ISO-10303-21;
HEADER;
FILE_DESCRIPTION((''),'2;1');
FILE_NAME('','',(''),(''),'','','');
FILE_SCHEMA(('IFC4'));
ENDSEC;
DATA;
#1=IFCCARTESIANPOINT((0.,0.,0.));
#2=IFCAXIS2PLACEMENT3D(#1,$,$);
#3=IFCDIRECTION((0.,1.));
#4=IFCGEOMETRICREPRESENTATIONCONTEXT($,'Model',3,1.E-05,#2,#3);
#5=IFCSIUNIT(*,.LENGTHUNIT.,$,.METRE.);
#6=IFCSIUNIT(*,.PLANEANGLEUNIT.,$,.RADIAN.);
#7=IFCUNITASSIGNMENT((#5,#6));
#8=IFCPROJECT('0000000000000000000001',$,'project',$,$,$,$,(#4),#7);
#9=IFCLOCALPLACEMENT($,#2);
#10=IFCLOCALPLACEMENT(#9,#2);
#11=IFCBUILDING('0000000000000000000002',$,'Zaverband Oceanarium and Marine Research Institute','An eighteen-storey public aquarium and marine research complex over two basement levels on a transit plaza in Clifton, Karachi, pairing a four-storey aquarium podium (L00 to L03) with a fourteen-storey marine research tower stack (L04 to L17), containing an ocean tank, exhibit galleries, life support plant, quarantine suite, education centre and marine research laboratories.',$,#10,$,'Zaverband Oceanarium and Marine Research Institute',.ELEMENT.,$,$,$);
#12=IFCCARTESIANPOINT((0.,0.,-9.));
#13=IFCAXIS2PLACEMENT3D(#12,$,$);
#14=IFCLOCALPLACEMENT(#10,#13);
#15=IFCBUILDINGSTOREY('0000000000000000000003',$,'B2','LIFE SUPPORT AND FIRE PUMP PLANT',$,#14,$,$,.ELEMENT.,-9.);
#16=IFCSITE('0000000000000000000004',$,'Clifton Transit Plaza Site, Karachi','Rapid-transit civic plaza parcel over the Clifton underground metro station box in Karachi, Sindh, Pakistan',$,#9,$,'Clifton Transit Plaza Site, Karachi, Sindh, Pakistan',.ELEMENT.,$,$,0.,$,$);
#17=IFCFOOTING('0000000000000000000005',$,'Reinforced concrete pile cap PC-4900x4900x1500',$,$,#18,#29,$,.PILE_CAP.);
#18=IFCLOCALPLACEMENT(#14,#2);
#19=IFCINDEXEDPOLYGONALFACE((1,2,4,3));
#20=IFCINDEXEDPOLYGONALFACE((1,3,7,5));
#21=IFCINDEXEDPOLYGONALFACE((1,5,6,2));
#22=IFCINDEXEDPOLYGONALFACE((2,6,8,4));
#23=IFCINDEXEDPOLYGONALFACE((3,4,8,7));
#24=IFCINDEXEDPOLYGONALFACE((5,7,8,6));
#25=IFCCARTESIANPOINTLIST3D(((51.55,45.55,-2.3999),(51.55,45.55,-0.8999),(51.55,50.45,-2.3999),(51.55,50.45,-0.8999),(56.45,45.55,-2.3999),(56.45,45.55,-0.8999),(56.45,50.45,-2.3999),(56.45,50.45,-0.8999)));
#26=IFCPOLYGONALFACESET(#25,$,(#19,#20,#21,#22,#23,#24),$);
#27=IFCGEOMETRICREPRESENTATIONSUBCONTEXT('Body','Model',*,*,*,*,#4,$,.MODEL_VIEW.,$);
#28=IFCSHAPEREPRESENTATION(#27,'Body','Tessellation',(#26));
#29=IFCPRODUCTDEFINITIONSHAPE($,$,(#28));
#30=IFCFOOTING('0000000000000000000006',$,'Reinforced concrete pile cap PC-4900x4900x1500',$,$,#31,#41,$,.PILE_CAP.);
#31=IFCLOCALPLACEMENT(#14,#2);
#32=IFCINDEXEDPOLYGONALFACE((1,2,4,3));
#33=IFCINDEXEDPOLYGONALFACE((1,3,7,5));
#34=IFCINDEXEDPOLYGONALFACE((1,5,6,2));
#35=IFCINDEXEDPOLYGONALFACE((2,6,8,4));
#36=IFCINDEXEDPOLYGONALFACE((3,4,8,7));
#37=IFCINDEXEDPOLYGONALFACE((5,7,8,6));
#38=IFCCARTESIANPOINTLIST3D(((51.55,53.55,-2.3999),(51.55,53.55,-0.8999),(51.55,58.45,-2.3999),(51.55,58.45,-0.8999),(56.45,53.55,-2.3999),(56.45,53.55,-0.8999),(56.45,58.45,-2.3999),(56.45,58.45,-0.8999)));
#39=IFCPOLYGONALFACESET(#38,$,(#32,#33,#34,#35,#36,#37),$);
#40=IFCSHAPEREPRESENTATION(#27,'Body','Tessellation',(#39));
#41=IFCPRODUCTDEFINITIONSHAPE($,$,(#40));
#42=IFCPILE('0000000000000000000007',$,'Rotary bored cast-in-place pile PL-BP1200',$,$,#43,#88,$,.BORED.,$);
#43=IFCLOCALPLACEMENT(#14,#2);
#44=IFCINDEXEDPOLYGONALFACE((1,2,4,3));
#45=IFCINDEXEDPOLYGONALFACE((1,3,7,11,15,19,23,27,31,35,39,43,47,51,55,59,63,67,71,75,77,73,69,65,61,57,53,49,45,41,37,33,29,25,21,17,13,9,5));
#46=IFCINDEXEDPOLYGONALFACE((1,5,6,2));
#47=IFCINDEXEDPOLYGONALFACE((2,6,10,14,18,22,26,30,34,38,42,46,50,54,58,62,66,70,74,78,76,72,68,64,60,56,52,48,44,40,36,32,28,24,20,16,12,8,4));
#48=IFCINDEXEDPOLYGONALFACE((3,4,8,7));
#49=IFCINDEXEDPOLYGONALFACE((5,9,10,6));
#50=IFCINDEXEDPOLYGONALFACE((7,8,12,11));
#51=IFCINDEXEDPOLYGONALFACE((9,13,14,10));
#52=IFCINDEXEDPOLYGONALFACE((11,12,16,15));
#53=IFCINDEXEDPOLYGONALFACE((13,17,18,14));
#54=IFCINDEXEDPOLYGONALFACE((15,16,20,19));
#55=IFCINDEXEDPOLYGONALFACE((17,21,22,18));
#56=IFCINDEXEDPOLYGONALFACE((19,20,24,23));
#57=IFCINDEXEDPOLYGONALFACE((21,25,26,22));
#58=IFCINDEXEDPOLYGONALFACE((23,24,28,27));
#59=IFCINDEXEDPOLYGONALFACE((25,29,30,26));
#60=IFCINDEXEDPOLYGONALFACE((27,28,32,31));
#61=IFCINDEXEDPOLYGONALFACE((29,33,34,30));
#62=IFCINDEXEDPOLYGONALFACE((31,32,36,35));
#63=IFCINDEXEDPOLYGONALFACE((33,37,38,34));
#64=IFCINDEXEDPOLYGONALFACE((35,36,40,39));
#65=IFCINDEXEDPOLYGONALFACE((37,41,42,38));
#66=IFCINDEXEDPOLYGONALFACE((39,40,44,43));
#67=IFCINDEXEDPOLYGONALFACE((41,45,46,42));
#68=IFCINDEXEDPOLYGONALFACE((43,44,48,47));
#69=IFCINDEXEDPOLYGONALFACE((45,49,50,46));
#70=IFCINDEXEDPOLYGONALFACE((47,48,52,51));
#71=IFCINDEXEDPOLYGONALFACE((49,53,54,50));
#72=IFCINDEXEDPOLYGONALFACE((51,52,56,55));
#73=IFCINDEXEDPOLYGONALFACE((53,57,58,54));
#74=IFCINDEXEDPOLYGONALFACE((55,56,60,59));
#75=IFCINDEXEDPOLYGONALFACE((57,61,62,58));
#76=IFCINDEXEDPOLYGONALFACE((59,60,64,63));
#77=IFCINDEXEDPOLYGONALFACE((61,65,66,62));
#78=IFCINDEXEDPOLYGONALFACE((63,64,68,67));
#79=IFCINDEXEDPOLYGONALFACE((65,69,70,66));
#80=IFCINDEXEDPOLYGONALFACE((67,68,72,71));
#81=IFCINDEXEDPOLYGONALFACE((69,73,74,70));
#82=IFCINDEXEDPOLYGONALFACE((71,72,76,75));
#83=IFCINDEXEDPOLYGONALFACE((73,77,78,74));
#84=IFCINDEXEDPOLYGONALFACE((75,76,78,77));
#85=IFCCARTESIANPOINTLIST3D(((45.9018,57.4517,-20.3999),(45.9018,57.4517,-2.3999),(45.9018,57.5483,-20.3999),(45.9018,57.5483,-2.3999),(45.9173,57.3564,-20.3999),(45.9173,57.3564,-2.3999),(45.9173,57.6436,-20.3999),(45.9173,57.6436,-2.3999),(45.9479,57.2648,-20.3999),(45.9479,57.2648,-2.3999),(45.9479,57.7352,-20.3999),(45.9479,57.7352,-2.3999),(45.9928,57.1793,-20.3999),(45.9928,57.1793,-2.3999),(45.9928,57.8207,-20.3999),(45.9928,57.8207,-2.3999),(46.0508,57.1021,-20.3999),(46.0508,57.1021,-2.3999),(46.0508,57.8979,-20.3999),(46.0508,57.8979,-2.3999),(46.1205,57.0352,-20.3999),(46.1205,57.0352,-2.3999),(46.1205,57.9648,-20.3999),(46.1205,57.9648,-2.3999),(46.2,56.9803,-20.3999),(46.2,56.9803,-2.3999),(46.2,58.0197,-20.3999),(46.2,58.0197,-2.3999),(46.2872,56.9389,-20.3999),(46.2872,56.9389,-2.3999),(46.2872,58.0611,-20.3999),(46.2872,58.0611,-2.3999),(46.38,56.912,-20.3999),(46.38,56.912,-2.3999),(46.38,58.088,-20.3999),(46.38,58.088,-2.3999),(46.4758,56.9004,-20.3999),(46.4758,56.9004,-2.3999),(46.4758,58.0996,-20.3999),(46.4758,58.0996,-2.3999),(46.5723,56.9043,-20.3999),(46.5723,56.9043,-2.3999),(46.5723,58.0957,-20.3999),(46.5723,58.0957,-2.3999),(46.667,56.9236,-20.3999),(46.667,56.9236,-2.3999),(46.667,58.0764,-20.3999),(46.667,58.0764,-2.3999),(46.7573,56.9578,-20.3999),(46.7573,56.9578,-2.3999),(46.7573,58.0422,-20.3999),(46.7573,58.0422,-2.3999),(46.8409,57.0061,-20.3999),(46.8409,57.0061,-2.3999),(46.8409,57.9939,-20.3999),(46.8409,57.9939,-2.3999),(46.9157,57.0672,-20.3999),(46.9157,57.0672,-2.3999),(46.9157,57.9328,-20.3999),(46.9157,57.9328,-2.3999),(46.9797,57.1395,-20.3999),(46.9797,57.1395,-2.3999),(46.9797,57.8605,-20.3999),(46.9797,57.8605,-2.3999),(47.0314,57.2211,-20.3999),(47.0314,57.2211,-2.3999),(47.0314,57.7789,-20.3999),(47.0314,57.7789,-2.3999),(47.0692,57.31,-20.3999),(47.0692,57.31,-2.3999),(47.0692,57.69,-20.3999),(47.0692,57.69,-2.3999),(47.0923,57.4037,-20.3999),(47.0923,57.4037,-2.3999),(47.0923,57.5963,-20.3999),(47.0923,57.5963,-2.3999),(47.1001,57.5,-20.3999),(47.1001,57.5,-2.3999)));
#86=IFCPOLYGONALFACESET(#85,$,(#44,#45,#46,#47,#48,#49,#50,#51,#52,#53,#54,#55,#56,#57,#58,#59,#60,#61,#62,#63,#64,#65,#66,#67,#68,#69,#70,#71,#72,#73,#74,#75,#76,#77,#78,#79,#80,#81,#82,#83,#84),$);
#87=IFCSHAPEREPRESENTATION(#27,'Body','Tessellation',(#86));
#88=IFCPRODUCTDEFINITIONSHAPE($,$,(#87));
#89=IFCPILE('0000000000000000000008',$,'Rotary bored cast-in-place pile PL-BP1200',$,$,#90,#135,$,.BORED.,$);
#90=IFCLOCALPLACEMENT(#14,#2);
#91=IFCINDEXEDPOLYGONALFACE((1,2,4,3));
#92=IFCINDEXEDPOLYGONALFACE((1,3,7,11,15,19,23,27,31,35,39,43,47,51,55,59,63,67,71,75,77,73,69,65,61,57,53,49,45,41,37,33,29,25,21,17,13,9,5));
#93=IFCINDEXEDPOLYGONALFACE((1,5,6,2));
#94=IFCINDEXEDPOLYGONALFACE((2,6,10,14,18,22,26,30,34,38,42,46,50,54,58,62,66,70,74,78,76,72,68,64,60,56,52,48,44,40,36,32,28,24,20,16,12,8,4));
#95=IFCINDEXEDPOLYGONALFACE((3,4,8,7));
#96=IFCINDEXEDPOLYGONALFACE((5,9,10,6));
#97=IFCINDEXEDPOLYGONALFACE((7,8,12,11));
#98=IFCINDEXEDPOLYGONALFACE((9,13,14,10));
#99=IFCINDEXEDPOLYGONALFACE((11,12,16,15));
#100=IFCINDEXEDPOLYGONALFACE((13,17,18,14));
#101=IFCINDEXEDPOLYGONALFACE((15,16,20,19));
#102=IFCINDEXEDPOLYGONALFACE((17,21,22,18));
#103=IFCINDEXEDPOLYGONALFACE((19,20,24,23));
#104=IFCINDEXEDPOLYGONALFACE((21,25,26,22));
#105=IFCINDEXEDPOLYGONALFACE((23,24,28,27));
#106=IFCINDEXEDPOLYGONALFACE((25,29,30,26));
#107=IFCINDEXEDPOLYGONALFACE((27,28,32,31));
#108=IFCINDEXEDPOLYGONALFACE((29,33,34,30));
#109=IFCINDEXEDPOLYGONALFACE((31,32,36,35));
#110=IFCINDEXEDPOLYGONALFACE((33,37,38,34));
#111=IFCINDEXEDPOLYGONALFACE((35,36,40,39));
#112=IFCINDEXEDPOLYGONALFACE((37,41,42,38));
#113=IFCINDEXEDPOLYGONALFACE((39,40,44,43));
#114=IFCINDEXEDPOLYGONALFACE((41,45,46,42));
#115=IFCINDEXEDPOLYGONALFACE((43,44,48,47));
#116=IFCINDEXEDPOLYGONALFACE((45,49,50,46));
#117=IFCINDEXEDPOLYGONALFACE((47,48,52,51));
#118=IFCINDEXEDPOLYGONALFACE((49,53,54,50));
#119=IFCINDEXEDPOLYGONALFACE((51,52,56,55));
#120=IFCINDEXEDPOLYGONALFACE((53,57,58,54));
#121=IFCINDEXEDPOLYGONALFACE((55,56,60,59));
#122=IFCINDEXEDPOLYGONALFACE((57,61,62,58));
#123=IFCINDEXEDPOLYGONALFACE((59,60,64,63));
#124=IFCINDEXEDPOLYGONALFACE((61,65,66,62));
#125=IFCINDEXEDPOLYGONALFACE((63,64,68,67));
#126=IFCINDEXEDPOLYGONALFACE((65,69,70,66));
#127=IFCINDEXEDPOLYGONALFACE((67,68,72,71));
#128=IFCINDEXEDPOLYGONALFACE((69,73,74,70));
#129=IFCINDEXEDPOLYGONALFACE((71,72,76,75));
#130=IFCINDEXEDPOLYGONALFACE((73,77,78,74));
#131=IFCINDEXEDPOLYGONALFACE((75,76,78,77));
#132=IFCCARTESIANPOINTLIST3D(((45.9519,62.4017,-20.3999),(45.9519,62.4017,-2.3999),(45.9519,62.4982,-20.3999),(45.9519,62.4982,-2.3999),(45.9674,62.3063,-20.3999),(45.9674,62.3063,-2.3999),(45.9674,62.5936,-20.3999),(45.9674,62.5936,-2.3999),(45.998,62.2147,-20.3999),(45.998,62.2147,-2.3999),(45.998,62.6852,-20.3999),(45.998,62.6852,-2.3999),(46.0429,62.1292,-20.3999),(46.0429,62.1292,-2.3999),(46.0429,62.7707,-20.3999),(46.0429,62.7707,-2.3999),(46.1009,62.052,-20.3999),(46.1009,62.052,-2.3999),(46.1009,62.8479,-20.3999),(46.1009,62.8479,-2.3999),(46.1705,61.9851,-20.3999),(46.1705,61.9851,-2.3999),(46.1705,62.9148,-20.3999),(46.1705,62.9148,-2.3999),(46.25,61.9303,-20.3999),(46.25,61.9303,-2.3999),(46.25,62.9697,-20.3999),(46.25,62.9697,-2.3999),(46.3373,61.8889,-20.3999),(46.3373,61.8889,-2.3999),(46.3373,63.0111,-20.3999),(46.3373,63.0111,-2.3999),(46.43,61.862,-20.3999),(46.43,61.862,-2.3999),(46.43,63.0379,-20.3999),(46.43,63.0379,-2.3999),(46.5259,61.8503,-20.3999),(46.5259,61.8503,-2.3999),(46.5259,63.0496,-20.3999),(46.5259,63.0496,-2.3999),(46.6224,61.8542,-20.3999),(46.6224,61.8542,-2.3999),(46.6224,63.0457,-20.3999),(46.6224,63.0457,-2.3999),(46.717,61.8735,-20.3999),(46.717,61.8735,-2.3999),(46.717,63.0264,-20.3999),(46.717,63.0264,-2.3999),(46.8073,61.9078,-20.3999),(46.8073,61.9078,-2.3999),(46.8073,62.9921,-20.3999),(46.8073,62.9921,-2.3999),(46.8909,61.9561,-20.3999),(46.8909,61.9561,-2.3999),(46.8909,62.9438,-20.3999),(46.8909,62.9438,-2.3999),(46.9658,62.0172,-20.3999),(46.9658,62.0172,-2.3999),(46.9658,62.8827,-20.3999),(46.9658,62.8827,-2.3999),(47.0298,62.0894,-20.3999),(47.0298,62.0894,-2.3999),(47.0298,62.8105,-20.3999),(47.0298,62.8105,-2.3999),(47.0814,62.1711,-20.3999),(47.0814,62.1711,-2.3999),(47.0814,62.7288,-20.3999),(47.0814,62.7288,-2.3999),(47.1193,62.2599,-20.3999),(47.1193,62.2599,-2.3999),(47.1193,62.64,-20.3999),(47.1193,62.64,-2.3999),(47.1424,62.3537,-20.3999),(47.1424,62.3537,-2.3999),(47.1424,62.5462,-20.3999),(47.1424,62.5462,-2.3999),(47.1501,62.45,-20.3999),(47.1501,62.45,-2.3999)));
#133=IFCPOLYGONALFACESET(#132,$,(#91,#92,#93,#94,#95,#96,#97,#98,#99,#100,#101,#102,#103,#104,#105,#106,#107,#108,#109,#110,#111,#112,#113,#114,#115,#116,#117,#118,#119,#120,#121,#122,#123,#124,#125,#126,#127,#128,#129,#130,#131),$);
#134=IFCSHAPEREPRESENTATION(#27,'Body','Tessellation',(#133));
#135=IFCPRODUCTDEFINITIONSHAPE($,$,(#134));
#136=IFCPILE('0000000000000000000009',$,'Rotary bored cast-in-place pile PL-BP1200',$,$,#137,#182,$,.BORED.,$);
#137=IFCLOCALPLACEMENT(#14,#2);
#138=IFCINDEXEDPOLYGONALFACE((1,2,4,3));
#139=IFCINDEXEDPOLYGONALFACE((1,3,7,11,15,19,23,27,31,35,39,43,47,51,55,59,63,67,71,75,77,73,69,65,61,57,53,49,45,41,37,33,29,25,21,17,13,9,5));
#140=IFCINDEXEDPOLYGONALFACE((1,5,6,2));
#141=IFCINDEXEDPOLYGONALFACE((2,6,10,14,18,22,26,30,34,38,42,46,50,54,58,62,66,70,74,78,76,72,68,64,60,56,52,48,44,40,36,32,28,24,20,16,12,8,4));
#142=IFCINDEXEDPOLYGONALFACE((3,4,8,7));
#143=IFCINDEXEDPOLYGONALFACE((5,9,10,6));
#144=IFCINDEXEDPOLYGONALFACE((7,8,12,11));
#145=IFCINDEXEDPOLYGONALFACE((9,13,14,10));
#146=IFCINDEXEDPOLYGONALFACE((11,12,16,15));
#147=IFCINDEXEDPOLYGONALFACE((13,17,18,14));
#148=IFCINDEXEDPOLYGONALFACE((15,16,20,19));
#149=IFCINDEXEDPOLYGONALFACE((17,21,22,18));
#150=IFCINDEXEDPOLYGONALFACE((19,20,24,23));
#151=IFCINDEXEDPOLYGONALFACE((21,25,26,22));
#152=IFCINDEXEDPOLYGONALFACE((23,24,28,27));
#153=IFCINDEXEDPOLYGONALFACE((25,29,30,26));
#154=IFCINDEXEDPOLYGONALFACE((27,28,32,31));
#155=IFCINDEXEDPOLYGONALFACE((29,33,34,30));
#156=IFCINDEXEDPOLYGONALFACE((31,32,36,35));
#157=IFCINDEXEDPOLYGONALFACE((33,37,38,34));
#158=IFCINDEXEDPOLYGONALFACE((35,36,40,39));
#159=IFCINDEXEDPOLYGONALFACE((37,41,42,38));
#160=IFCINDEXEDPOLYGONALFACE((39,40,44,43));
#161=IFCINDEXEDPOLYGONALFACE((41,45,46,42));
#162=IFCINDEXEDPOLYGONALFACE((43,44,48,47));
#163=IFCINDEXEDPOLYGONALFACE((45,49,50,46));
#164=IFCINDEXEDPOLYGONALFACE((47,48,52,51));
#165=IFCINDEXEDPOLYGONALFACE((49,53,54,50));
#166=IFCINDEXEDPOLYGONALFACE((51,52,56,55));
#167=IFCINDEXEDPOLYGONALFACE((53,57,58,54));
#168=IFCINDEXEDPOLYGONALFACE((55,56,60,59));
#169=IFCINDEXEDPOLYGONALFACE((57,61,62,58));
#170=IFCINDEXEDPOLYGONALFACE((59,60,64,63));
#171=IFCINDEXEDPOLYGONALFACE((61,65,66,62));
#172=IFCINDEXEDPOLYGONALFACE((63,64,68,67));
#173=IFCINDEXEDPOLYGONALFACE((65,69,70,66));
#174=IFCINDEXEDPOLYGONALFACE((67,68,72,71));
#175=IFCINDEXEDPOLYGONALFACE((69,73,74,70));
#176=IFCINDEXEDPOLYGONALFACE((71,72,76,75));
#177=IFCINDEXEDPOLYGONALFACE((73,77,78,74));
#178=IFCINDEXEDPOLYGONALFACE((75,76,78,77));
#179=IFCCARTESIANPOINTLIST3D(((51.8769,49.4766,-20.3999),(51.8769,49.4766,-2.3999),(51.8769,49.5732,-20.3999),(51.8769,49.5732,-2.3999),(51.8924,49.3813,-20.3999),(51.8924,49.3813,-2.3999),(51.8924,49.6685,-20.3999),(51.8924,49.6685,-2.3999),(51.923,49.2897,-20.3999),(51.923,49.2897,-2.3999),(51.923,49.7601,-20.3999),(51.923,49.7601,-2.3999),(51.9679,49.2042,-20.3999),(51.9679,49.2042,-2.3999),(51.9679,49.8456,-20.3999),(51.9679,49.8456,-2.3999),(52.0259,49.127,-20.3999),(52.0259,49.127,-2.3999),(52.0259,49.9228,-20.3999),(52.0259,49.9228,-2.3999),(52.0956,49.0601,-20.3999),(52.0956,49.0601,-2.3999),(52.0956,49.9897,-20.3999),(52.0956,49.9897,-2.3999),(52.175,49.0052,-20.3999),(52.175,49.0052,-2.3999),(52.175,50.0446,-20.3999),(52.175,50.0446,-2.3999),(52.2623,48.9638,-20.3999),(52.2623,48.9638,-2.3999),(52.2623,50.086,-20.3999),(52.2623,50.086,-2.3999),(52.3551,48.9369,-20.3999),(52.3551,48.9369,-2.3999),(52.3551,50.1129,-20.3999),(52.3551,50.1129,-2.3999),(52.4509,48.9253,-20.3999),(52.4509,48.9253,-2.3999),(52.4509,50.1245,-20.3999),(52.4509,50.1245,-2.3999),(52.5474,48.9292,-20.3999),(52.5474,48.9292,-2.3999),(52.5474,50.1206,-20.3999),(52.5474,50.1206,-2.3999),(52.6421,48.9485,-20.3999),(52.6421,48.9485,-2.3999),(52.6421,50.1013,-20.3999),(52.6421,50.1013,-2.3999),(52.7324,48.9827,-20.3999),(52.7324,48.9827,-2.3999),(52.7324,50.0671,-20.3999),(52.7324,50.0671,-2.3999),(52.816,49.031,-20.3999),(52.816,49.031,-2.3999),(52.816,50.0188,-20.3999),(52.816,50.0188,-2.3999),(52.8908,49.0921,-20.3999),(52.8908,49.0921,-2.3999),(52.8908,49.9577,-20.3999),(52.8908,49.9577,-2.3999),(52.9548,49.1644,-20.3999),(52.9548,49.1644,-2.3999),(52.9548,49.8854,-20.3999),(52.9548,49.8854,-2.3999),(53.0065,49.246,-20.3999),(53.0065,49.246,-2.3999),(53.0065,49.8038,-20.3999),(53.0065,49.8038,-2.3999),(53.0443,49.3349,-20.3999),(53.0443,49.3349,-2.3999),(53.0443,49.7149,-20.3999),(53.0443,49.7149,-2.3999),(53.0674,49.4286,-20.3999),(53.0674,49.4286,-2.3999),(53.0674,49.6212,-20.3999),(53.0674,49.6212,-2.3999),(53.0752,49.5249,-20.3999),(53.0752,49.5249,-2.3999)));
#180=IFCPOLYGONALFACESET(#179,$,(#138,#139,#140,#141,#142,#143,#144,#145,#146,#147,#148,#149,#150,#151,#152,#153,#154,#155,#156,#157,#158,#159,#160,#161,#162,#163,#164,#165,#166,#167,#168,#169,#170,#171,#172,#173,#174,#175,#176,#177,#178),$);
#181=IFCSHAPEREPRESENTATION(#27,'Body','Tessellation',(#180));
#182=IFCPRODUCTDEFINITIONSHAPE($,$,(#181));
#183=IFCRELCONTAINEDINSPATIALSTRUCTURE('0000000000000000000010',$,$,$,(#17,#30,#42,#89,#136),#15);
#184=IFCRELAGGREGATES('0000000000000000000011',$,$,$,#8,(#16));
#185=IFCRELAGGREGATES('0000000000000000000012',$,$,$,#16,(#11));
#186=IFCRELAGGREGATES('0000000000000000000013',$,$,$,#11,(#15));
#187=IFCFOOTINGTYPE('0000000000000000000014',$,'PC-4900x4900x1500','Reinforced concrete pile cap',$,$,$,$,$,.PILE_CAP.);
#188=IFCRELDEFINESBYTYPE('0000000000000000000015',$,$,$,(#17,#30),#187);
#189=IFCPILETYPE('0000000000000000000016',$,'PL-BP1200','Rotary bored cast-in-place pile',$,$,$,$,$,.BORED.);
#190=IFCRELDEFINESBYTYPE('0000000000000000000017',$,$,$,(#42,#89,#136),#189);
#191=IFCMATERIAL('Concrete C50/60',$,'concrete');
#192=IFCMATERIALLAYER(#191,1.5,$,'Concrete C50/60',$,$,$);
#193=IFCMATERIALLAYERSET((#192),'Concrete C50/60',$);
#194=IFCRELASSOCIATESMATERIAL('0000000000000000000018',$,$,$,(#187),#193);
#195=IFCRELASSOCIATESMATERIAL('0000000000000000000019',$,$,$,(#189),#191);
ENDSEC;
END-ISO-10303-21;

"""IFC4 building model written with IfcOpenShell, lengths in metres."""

from ifc_helpers import new_model, si_unit, direction, frame, origin, origin_2d, place, context, subcontext, project, spatial, rectangle, circle, extrude, material, layer, layer_set, material_profile, profile_set, type_object, element, save


model = new_model("IFC4")

# Units and contexts
model_context = context("Model", 3, precision=1e-05, world=origin(), true_north=direction((0.0, 1.0)))
body_context = subcontext(model_context, "Body", "Model", "MODEL_VIEW")
ifc_project = project(units=[si_unit("LENGTHUNIT", "METRE"), si_unit("PLANEANGLEUNIT", "RADIAN")], contexts=[model_context])

# Site, building, storey
site_placement = place(None, origin())
site = spatial("IfcSite", under=ifc_project, at=site_placement, Name="Clifton Transit Plaza Site, Karachi", Description="Rapid-transit civic plaza parcel over the Clifton underground metro station box in Karachi, Sindh, Pakistan", LongName="Clifton Transit Plaza Site, Karachi, Sindh, Pakistan", CompositionType="ELEMENT", RefElevation=0.0)
building_placement = place(site_placement, origin())
building = spatial("IfcBuilding", under=site, at=building_placement, Name="Zaverband Oceanarium and Marine Research Institute", Description="An eighteen-storey public aquarium and marine research complex over two basement levels on a transit plaza in Clifton, Karachi, pairing a four-storey aquarium podium (L00 to L03) with a fourteen-storey marine research tower stack (L04 to L17), containing an ocean tank, exhibit galleries, life support plant, quarantine suite, education centre and marine research laboratories.", LongName="Zaverband Oceanarium and Marine Research Institute", CompositionType="ELEMENT")
storey_placement = place(building_placement, frame((0.0, 0.0, -9.0)))
storey = spatial("IfcBuildingStorey", under=building, at=storey_placement, Name="B2", Description="LIFE SUPPORT AND FIRE PUMP PLANT", CompositionType="ELEMENT", Elevation=-9.0)

# Footings
ifc_material_1 = material(Name="Concrete C50/60", Category="concrete")
ifc_layer = layer(ifc_material_1, 1.5, Name="Concrete C50/60")
ifc_layer_set = layer_set([ifc_layer], Name="Concrete C50/60")
footing_type = type_object("IfcFootingType", Name="PC-4900x4900x1500", Description="Reinforced concrete pile cap", PredefinedType="PILE_CAP", material=ifc_layer_set)
for number, where, z_axis, x_axis, name in (
    (1, (54.0, 48.0, -2.3999), (0.0, 0.0, 1.0), (1.0, 0.0, 0.0), "Reinforced concrete pile cap PC-4900x4900x1500"),
    (2, (54.0, 56.0, -2.3999), (0.0, 0.0, 1.0), (1.0, 0.0, 0.0), "Reinforced concrete pile cap PC-4900x4900x1500"),
):
    element("IfcFooting", number, at=place(storey_placement, frame(where, z_axis=z_axis, x_axis=x_axis)), inside=storey, type_object=footing_type, Name=name, PredefinedType="PILE_CAP", context=body_context, shape_type="SweptSolid", body=[
        extrude(rectangle(XDim=4.8999, YDim=4.8999, at=origin_2d()), origin(), (0.0, 0.0, 1.0), 1.5),
    ])

# Piles
ifc_material_profile_1 = material_profile(ifc_material_1, circle(Radius=0.6001, at=origin_2d()), Name="BP1200")
ifc_profile_set_1 = profile_set([ifc_material_profile_1], Name="Concrete C50/60")
pile_type = type_object("IfcPileType", Name="PL-BP1200", Description="Rotary bored cast-in-place pile", PredefinedType="BORED", material=ifc_profile_set_1)
for number, where, z_axis, x_axis, name in (
    (3, (46.5, 57.5, -2.3999), (0.0, 0.0, -1.0), (1.0, 0.0, 0.0), "Rotary bored cast-in-place pile PL-BP1200"),
    (4, (46.55, 62.45, -2.3999), (0.0, 0.0, -1.0), (1.0, 0.0, 0.0), "Rotary bored cast-in-place pile PL-BP1200"),
    (5, (52.4751, 49.5249, -2.3999), (0.0, 0.0, -1.0), (1.0, 0.0, 0.0), "Rotary bored cast-in-place pile PL-BP1200"),
):
    element("IfcPile", number, at=place(storey_placement, frame(where, z_axis=z_axis, x_axis=x_axis)), inside=storey, type_object=pile_type, Name=name, PredefinedType="BORED", context=body_context, shape_type="SweptSolid", body=[
        extrude(circle(Radius=0.6001, at=origin_2d()), origin(), (0.0, 0.0, 1.0), 18.0),
    ])

save(model, "model.ifc")
